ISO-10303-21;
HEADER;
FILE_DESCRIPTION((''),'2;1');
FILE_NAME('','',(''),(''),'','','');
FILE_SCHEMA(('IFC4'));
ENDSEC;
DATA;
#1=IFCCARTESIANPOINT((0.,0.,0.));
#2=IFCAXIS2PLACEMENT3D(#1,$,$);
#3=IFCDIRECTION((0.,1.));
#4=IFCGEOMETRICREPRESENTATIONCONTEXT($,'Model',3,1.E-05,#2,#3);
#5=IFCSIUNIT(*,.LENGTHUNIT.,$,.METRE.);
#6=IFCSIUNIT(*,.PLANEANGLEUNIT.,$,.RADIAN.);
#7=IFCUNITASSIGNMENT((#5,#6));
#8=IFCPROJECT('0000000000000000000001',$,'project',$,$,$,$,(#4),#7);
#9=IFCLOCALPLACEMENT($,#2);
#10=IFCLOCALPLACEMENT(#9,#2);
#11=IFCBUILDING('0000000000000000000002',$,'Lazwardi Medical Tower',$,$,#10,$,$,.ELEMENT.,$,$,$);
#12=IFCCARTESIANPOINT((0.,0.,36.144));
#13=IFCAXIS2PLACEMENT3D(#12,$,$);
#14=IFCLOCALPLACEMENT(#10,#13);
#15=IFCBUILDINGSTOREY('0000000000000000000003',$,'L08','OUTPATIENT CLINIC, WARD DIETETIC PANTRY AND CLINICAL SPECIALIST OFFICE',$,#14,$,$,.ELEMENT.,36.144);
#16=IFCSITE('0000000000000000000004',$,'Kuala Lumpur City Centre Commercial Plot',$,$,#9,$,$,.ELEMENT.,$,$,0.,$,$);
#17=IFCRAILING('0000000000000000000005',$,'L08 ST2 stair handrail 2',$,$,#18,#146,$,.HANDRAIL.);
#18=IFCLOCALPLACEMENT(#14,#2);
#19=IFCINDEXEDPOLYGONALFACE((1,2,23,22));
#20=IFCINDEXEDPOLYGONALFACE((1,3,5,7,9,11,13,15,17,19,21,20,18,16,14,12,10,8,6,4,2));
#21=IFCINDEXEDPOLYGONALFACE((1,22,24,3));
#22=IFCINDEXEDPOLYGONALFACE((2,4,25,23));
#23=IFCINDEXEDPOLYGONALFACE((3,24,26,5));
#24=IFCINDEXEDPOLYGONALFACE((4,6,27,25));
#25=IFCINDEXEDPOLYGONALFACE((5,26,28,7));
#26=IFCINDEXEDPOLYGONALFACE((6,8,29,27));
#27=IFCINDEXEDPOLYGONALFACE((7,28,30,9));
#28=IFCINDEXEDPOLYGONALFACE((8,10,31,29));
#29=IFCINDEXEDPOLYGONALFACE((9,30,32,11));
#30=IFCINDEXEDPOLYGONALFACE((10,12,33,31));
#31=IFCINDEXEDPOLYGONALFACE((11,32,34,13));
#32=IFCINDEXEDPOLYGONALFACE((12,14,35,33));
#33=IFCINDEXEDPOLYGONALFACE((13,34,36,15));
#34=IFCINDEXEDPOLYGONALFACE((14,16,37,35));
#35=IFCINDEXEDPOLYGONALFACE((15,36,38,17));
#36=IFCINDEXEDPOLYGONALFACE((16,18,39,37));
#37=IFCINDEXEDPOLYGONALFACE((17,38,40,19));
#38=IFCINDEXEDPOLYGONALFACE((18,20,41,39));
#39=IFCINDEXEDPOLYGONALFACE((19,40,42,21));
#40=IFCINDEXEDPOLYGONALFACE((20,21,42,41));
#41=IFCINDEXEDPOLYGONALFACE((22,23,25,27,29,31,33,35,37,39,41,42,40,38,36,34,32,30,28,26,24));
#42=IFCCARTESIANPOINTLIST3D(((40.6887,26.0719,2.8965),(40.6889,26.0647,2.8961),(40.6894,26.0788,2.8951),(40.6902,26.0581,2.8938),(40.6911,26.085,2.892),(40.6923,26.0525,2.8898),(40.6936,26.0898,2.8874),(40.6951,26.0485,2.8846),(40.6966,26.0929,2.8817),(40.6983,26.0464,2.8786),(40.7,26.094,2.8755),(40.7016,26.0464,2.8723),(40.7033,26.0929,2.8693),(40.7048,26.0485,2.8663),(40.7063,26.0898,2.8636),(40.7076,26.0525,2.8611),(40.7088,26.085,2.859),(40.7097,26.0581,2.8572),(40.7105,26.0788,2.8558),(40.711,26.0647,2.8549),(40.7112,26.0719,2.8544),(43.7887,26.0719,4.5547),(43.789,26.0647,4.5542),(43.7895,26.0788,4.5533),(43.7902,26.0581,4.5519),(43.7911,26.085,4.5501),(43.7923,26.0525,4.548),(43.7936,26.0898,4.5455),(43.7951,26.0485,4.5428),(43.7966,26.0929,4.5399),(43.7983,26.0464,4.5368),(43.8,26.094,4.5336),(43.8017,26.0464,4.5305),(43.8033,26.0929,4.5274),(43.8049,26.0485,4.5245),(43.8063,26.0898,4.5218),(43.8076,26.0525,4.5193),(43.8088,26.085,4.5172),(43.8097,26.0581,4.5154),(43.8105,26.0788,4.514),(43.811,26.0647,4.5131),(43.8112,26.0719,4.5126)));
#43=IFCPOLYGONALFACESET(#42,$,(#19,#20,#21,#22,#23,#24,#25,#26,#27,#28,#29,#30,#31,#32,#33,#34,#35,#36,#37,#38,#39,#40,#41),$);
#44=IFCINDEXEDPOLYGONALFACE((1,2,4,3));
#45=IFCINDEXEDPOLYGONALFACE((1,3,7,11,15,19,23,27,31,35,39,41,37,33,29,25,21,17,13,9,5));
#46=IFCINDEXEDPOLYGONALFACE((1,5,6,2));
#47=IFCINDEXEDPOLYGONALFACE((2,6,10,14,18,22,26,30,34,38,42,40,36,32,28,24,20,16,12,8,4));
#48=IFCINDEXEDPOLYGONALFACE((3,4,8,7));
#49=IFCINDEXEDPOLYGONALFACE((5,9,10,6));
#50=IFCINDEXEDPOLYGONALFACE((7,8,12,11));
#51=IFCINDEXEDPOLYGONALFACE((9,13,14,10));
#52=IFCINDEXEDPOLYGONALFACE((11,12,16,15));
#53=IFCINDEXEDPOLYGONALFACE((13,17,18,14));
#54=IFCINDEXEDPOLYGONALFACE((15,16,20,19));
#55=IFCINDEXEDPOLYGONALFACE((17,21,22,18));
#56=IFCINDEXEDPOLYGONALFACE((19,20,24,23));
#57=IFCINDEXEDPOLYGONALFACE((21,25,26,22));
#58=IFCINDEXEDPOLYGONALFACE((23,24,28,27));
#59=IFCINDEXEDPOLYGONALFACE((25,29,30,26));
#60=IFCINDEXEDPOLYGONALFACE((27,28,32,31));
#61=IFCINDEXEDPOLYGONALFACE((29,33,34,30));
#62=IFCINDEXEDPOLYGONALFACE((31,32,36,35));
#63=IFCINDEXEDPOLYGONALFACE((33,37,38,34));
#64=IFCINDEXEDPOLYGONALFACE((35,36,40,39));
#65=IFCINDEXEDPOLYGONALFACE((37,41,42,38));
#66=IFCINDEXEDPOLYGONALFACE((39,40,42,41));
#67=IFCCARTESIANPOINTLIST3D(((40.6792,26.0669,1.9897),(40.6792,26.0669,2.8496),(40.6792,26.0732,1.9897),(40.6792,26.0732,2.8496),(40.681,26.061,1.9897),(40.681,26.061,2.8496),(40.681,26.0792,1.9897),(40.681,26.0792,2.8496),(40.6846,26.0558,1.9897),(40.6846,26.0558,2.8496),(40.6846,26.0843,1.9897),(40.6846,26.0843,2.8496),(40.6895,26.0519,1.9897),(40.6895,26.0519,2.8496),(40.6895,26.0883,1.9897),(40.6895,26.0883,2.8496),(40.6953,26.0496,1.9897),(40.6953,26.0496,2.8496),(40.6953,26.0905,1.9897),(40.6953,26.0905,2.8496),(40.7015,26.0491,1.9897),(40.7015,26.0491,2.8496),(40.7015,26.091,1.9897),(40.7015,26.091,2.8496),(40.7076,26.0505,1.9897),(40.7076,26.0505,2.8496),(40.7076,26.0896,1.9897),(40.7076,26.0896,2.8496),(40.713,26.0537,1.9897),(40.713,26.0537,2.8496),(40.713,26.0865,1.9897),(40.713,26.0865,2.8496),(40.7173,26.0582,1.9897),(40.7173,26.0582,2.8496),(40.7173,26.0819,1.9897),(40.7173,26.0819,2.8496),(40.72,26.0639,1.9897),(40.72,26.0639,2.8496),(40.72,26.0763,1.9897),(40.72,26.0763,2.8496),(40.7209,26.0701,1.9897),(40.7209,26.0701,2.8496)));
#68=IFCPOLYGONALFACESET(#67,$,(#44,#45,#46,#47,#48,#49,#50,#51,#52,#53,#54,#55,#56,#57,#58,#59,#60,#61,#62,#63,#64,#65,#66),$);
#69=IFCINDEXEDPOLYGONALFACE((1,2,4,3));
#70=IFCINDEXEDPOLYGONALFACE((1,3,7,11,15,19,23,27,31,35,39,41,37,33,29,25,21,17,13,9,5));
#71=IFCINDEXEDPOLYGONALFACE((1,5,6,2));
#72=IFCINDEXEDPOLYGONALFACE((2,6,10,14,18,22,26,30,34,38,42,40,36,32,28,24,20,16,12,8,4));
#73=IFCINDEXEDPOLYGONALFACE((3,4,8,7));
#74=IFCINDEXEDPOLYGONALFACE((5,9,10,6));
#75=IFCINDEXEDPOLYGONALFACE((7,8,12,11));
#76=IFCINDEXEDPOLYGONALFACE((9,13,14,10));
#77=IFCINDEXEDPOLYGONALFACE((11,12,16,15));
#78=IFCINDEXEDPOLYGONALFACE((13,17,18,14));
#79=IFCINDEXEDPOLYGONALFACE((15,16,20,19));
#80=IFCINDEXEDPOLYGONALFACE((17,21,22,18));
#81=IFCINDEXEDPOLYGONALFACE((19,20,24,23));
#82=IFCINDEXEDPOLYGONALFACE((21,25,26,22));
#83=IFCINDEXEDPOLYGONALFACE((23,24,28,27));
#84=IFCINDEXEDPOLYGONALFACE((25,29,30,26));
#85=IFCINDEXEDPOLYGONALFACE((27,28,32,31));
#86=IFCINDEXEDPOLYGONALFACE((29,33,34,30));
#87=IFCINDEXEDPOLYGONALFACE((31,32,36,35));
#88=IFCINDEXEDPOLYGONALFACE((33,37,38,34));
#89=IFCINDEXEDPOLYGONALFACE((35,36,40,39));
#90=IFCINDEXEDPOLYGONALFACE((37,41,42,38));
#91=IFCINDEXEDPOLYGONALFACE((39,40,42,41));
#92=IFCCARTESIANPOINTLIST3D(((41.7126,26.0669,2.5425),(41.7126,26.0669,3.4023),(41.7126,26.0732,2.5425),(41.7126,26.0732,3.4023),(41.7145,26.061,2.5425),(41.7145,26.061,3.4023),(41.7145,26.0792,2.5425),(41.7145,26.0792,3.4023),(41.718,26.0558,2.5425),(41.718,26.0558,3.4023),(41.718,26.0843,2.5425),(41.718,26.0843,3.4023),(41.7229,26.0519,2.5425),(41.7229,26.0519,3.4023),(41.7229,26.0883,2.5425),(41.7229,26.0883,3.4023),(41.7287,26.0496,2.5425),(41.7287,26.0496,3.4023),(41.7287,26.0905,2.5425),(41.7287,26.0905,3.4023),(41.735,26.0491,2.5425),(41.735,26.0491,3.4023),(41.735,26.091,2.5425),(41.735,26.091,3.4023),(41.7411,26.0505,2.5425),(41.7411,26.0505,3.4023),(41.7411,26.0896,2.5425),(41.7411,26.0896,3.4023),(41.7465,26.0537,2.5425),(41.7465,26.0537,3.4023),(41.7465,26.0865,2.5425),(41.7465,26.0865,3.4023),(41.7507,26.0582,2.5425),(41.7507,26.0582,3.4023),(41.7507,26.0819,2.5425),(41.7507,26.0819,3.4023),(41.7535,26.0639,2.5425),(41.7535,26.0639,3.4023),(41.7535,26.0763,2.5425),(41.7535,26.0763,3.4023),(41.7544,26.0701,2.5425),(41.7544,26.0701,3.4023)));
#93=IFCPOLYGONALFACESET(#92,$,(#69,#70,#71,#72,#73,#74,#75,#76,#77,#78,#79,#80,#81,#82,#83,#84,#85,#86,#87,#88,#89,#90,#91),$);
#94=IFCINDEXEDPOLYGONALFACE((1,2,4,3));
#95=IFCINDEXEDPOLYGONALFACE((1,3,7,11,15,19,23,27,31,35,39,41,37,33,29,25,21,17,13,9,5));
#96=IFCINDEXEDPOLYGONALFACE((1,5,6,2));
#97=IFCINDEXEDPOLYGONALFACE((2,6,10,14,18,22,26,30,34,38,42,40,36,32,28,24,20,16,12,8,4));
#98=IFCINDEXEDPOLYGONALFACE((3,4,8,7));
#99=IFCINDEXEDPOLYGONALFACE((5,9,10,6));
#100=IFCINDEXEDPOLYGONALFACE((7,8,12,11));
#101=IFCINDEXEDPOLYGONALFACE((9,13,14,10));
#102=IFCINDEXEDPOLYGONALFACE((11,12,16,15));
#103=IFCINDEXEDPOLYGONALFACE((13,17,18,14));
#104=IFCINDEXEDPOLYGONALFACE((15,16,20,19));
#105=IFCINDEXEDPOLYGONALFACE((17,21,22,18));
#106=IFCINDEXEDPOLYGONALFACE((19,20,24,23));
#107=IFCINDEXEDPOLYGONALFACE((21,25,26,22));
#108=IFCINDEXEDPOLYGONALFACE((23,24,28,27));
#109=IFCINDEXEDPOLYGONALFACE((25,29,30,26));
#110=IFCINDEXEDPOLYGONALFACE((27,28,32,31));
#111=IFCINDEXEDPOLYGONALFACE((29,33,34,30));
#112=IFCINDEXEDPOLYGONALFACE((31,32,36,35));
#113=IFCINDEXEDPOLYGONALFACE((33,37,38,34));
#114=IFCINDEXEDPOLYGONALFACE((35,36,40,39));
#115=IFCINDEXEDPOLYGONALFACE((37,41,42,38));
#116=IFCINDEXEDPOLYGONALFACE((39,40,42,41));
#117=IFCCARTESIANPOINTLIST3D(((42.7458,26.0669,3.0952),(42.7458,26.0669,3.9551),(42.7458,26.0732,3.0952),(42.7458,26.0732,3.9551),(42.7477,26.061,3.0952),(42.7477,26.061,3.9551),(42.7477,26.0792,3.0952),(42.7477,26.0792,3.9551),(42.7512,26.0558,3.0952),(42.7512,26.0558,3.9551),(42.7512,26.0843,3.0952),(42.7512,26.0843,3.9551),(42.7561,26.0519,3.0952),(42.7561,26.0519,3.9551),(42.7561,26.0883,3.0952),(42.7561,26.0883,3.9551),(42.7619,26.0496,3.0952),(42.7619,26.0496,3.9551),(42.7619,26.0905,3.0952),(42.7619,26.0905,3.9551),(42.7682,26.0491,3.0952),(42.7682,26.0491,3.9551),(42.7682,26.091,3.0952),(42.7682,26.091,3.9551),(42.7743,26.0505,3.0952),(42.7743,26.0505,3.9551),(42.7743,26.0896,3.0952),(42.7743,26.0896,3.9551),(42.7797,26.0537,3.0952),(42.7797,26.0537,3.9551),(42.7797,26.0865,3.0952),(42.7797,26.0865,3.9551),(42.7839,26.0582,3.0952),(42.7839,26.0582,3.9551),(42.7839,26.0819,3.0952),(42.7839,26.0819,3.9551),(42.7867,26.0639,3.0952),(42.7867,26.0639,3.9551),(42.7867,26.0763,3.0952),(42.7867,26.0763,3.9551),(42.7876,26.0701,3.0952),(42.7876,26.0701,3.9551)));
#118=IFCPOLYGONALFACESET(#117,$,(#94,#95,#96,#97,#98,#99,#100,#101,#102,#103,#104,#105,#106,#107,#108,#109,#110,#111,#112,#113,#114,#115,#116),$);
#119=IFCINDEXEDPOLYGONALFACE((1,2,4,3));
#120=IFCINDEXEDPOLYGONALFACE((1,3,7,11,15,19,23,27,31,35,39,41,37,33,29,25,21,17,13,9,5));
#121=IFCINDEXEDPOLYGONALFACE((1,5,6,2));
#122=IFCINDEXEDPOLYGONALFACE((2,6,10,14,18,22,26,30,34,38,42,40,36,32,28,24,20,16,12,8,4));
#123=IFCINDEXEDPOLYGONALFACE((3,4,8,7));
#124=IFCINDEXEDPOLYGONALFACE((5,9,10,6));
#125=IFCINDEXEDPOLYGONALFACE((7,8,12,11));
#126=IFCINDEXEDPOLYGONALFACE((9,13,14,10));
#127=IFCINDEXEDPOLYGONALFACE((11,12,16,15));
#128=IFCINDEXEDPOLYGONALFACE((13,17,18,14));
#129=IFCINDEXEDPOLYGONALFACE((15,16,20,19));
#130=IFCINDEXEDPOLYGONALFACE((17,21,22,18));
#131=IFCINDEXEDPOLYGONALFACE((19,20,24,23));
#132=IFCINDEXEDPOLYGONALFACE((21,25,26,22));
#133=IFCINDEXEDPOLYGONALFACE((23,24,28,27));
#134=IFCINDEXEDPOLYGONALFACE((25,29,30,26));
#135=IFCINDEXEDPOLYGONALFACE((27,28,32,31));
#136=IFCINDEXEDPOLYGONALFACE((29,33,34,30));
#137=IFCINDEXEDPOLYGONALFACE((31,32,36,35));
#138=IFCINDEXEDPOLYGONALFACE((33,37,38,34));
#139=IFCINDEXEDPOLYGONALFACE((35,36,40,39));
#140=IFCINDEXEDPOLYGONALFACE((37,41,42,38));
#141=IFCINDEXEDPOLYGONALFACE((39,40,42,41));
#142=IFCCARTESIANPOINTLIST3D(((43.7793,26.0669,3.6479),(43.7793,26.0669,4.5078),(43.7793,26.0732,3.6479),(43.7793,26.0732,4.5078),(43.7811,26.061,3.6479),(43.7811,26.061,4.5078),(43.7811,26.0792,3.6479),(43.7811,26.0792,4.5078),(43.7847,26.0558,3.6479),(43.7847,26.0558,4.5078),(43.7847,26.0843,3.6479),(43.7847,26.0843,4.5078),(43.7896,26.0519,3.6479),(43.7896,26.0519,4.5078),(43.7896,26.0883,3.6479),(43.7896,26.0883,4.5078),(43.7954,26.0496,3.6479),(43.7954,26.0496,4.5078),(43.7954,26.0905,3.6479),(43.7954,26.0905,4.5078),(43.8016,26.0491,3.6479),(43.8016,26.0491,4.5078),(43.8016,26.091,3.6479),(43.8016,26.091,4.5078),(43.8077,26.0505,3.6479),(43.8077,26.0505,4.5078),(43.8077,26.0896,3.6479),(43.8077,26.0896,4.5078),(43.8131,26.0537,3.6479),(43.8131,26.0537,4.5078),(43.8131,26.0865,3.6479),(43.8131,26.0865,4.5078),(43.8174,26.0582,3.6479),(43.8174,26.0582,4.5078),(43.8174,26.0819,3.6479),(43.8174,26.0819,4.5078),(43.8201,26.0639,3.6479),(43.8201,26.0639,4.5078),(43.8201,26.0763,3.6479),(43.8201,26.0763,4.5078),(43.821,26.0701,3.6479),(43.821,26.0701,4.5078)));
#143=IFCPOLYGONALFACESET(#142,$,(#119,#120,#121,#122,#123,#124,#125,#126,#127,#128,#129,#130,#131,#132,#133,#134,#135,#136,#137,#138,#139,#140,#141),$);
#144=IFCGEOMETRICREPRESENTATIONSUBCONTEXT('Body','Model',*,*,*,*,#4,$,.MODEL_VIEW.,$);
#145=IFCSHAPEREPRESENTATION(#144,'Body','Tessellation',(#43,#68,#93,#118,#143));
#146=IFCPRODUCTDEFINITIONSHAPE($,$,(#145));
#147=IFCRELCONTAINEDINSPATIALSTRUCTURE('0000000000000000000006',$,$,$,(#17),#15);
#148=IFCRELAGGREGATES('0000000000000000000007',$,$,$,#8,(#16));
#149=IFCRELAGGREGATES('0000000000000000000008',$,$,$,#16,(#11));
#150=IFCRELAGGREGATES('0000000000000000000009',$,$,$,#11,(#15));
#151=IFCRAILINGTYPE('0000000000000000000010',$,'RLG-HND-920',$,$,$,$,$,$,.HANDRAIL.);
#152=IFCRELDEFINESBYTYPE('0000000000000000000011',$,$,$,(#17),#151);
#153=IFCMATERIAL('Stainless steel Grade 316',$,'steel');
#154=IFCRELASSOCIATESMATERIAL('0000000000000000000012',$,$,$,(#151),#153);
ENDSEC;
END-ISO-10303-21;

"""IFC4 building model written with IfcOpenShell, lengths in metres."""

from ifc_helpers import new_model, si_unit, direction, frame, origin, origin_2d, place, context, subcontext, project, spatial, circle, extrude, material, type_object, element, save


model = new_model("IFC4")

# Units and contexts
model_context = context("Model", 3, precision=1e-05, world=origin(), true_north=direction((0.0, 1.0)))
body_context = subcontext(model_context, "Body", "Model", "MODEL_VIEW")
ifc_project = project(units=[si_unit("LENGTHUNIT", "METRE"), si_unit("PLANEANGLEUNIT", "RADIAN")], contexts=[model_context])

# Site, building, storey
site_placement = place(None, origin())
site = spatial("IfcSite", under=ifc_project, at=site_placement, Name="Kuala Lumpur City Centre Commercial Plot", CompositionType="ELEMENT", RefElevation=0.0)
building_placement = place(site_placement, origin())
building = spatial("IfcBuilding", under=site, at=building_placement, Name="Lazwardi Medical Tower", CompositionType="ELEMENT")
storey_placement = place(building_placement, frame((0.0, 0.0, 36.144)))
storey = spatial("IfcBuildingStorey", under=building, at=storey_placement, Name="L08", Description="OUTPATIENT CLINIC, WARD DIETETIC PANTRY AND CLINICAL SPECIALIST OFFICE", CompositionType="ELEMENT", Elevation=36.144)

# Railing
ifc_material_1 = material(Name="Stainless steel Grade 316", Category="steel")
railing_type_1 = type_object("IfcRailingType", Name="RLG-HND-920", PredefinedType="HANDRAIL", material=ifc_material_1)
railing_1_placement = place(storey_placement, frame((40.7, 26.0701, 1.9897)))
element("IfcRailing", 1, at=railing_1_placement, inside=storey, type_object=railing_type_1, Name="L08 ST2 stair handrail 2", PredefinedType="HANDRAIL", context=body_context, shape_type="SweptSolid", body=[
    extrude(circle(Radius=0.0239, at=origin_2d()), frame((0.0, 0.0, 0.8857), z_axis=(0.881783, 0.0, 0.471655), x_axis=(0.0, 1.0, 0.0)), (0.0, 0.0, 1.0), 3.5156),
    extrude(circle(Radius=0.021, at=origin_2d()), origin(), (0.0, 0.0, 1.0), 0.8599),
    extrude(circle(Radius=0.021, at=origin_2d()), frame((1.0334, 0.0, 0.5527)), (0.0, 0.0, 1.0), 0.8599),
    extrude(circle(Radius=0.021, at=origin_2d()), frame((2.0667, 0.0, 1.1055)), (0.0, 0.0, 1.0), 0.8599),
    extrude(circle(Radius=0.021, at=origin_2d()), frame((3.1001, 0.0, 1.6582)), (0.0, 0.0, 1.0), 0.8599),
])

save(model, "model.ifc")
